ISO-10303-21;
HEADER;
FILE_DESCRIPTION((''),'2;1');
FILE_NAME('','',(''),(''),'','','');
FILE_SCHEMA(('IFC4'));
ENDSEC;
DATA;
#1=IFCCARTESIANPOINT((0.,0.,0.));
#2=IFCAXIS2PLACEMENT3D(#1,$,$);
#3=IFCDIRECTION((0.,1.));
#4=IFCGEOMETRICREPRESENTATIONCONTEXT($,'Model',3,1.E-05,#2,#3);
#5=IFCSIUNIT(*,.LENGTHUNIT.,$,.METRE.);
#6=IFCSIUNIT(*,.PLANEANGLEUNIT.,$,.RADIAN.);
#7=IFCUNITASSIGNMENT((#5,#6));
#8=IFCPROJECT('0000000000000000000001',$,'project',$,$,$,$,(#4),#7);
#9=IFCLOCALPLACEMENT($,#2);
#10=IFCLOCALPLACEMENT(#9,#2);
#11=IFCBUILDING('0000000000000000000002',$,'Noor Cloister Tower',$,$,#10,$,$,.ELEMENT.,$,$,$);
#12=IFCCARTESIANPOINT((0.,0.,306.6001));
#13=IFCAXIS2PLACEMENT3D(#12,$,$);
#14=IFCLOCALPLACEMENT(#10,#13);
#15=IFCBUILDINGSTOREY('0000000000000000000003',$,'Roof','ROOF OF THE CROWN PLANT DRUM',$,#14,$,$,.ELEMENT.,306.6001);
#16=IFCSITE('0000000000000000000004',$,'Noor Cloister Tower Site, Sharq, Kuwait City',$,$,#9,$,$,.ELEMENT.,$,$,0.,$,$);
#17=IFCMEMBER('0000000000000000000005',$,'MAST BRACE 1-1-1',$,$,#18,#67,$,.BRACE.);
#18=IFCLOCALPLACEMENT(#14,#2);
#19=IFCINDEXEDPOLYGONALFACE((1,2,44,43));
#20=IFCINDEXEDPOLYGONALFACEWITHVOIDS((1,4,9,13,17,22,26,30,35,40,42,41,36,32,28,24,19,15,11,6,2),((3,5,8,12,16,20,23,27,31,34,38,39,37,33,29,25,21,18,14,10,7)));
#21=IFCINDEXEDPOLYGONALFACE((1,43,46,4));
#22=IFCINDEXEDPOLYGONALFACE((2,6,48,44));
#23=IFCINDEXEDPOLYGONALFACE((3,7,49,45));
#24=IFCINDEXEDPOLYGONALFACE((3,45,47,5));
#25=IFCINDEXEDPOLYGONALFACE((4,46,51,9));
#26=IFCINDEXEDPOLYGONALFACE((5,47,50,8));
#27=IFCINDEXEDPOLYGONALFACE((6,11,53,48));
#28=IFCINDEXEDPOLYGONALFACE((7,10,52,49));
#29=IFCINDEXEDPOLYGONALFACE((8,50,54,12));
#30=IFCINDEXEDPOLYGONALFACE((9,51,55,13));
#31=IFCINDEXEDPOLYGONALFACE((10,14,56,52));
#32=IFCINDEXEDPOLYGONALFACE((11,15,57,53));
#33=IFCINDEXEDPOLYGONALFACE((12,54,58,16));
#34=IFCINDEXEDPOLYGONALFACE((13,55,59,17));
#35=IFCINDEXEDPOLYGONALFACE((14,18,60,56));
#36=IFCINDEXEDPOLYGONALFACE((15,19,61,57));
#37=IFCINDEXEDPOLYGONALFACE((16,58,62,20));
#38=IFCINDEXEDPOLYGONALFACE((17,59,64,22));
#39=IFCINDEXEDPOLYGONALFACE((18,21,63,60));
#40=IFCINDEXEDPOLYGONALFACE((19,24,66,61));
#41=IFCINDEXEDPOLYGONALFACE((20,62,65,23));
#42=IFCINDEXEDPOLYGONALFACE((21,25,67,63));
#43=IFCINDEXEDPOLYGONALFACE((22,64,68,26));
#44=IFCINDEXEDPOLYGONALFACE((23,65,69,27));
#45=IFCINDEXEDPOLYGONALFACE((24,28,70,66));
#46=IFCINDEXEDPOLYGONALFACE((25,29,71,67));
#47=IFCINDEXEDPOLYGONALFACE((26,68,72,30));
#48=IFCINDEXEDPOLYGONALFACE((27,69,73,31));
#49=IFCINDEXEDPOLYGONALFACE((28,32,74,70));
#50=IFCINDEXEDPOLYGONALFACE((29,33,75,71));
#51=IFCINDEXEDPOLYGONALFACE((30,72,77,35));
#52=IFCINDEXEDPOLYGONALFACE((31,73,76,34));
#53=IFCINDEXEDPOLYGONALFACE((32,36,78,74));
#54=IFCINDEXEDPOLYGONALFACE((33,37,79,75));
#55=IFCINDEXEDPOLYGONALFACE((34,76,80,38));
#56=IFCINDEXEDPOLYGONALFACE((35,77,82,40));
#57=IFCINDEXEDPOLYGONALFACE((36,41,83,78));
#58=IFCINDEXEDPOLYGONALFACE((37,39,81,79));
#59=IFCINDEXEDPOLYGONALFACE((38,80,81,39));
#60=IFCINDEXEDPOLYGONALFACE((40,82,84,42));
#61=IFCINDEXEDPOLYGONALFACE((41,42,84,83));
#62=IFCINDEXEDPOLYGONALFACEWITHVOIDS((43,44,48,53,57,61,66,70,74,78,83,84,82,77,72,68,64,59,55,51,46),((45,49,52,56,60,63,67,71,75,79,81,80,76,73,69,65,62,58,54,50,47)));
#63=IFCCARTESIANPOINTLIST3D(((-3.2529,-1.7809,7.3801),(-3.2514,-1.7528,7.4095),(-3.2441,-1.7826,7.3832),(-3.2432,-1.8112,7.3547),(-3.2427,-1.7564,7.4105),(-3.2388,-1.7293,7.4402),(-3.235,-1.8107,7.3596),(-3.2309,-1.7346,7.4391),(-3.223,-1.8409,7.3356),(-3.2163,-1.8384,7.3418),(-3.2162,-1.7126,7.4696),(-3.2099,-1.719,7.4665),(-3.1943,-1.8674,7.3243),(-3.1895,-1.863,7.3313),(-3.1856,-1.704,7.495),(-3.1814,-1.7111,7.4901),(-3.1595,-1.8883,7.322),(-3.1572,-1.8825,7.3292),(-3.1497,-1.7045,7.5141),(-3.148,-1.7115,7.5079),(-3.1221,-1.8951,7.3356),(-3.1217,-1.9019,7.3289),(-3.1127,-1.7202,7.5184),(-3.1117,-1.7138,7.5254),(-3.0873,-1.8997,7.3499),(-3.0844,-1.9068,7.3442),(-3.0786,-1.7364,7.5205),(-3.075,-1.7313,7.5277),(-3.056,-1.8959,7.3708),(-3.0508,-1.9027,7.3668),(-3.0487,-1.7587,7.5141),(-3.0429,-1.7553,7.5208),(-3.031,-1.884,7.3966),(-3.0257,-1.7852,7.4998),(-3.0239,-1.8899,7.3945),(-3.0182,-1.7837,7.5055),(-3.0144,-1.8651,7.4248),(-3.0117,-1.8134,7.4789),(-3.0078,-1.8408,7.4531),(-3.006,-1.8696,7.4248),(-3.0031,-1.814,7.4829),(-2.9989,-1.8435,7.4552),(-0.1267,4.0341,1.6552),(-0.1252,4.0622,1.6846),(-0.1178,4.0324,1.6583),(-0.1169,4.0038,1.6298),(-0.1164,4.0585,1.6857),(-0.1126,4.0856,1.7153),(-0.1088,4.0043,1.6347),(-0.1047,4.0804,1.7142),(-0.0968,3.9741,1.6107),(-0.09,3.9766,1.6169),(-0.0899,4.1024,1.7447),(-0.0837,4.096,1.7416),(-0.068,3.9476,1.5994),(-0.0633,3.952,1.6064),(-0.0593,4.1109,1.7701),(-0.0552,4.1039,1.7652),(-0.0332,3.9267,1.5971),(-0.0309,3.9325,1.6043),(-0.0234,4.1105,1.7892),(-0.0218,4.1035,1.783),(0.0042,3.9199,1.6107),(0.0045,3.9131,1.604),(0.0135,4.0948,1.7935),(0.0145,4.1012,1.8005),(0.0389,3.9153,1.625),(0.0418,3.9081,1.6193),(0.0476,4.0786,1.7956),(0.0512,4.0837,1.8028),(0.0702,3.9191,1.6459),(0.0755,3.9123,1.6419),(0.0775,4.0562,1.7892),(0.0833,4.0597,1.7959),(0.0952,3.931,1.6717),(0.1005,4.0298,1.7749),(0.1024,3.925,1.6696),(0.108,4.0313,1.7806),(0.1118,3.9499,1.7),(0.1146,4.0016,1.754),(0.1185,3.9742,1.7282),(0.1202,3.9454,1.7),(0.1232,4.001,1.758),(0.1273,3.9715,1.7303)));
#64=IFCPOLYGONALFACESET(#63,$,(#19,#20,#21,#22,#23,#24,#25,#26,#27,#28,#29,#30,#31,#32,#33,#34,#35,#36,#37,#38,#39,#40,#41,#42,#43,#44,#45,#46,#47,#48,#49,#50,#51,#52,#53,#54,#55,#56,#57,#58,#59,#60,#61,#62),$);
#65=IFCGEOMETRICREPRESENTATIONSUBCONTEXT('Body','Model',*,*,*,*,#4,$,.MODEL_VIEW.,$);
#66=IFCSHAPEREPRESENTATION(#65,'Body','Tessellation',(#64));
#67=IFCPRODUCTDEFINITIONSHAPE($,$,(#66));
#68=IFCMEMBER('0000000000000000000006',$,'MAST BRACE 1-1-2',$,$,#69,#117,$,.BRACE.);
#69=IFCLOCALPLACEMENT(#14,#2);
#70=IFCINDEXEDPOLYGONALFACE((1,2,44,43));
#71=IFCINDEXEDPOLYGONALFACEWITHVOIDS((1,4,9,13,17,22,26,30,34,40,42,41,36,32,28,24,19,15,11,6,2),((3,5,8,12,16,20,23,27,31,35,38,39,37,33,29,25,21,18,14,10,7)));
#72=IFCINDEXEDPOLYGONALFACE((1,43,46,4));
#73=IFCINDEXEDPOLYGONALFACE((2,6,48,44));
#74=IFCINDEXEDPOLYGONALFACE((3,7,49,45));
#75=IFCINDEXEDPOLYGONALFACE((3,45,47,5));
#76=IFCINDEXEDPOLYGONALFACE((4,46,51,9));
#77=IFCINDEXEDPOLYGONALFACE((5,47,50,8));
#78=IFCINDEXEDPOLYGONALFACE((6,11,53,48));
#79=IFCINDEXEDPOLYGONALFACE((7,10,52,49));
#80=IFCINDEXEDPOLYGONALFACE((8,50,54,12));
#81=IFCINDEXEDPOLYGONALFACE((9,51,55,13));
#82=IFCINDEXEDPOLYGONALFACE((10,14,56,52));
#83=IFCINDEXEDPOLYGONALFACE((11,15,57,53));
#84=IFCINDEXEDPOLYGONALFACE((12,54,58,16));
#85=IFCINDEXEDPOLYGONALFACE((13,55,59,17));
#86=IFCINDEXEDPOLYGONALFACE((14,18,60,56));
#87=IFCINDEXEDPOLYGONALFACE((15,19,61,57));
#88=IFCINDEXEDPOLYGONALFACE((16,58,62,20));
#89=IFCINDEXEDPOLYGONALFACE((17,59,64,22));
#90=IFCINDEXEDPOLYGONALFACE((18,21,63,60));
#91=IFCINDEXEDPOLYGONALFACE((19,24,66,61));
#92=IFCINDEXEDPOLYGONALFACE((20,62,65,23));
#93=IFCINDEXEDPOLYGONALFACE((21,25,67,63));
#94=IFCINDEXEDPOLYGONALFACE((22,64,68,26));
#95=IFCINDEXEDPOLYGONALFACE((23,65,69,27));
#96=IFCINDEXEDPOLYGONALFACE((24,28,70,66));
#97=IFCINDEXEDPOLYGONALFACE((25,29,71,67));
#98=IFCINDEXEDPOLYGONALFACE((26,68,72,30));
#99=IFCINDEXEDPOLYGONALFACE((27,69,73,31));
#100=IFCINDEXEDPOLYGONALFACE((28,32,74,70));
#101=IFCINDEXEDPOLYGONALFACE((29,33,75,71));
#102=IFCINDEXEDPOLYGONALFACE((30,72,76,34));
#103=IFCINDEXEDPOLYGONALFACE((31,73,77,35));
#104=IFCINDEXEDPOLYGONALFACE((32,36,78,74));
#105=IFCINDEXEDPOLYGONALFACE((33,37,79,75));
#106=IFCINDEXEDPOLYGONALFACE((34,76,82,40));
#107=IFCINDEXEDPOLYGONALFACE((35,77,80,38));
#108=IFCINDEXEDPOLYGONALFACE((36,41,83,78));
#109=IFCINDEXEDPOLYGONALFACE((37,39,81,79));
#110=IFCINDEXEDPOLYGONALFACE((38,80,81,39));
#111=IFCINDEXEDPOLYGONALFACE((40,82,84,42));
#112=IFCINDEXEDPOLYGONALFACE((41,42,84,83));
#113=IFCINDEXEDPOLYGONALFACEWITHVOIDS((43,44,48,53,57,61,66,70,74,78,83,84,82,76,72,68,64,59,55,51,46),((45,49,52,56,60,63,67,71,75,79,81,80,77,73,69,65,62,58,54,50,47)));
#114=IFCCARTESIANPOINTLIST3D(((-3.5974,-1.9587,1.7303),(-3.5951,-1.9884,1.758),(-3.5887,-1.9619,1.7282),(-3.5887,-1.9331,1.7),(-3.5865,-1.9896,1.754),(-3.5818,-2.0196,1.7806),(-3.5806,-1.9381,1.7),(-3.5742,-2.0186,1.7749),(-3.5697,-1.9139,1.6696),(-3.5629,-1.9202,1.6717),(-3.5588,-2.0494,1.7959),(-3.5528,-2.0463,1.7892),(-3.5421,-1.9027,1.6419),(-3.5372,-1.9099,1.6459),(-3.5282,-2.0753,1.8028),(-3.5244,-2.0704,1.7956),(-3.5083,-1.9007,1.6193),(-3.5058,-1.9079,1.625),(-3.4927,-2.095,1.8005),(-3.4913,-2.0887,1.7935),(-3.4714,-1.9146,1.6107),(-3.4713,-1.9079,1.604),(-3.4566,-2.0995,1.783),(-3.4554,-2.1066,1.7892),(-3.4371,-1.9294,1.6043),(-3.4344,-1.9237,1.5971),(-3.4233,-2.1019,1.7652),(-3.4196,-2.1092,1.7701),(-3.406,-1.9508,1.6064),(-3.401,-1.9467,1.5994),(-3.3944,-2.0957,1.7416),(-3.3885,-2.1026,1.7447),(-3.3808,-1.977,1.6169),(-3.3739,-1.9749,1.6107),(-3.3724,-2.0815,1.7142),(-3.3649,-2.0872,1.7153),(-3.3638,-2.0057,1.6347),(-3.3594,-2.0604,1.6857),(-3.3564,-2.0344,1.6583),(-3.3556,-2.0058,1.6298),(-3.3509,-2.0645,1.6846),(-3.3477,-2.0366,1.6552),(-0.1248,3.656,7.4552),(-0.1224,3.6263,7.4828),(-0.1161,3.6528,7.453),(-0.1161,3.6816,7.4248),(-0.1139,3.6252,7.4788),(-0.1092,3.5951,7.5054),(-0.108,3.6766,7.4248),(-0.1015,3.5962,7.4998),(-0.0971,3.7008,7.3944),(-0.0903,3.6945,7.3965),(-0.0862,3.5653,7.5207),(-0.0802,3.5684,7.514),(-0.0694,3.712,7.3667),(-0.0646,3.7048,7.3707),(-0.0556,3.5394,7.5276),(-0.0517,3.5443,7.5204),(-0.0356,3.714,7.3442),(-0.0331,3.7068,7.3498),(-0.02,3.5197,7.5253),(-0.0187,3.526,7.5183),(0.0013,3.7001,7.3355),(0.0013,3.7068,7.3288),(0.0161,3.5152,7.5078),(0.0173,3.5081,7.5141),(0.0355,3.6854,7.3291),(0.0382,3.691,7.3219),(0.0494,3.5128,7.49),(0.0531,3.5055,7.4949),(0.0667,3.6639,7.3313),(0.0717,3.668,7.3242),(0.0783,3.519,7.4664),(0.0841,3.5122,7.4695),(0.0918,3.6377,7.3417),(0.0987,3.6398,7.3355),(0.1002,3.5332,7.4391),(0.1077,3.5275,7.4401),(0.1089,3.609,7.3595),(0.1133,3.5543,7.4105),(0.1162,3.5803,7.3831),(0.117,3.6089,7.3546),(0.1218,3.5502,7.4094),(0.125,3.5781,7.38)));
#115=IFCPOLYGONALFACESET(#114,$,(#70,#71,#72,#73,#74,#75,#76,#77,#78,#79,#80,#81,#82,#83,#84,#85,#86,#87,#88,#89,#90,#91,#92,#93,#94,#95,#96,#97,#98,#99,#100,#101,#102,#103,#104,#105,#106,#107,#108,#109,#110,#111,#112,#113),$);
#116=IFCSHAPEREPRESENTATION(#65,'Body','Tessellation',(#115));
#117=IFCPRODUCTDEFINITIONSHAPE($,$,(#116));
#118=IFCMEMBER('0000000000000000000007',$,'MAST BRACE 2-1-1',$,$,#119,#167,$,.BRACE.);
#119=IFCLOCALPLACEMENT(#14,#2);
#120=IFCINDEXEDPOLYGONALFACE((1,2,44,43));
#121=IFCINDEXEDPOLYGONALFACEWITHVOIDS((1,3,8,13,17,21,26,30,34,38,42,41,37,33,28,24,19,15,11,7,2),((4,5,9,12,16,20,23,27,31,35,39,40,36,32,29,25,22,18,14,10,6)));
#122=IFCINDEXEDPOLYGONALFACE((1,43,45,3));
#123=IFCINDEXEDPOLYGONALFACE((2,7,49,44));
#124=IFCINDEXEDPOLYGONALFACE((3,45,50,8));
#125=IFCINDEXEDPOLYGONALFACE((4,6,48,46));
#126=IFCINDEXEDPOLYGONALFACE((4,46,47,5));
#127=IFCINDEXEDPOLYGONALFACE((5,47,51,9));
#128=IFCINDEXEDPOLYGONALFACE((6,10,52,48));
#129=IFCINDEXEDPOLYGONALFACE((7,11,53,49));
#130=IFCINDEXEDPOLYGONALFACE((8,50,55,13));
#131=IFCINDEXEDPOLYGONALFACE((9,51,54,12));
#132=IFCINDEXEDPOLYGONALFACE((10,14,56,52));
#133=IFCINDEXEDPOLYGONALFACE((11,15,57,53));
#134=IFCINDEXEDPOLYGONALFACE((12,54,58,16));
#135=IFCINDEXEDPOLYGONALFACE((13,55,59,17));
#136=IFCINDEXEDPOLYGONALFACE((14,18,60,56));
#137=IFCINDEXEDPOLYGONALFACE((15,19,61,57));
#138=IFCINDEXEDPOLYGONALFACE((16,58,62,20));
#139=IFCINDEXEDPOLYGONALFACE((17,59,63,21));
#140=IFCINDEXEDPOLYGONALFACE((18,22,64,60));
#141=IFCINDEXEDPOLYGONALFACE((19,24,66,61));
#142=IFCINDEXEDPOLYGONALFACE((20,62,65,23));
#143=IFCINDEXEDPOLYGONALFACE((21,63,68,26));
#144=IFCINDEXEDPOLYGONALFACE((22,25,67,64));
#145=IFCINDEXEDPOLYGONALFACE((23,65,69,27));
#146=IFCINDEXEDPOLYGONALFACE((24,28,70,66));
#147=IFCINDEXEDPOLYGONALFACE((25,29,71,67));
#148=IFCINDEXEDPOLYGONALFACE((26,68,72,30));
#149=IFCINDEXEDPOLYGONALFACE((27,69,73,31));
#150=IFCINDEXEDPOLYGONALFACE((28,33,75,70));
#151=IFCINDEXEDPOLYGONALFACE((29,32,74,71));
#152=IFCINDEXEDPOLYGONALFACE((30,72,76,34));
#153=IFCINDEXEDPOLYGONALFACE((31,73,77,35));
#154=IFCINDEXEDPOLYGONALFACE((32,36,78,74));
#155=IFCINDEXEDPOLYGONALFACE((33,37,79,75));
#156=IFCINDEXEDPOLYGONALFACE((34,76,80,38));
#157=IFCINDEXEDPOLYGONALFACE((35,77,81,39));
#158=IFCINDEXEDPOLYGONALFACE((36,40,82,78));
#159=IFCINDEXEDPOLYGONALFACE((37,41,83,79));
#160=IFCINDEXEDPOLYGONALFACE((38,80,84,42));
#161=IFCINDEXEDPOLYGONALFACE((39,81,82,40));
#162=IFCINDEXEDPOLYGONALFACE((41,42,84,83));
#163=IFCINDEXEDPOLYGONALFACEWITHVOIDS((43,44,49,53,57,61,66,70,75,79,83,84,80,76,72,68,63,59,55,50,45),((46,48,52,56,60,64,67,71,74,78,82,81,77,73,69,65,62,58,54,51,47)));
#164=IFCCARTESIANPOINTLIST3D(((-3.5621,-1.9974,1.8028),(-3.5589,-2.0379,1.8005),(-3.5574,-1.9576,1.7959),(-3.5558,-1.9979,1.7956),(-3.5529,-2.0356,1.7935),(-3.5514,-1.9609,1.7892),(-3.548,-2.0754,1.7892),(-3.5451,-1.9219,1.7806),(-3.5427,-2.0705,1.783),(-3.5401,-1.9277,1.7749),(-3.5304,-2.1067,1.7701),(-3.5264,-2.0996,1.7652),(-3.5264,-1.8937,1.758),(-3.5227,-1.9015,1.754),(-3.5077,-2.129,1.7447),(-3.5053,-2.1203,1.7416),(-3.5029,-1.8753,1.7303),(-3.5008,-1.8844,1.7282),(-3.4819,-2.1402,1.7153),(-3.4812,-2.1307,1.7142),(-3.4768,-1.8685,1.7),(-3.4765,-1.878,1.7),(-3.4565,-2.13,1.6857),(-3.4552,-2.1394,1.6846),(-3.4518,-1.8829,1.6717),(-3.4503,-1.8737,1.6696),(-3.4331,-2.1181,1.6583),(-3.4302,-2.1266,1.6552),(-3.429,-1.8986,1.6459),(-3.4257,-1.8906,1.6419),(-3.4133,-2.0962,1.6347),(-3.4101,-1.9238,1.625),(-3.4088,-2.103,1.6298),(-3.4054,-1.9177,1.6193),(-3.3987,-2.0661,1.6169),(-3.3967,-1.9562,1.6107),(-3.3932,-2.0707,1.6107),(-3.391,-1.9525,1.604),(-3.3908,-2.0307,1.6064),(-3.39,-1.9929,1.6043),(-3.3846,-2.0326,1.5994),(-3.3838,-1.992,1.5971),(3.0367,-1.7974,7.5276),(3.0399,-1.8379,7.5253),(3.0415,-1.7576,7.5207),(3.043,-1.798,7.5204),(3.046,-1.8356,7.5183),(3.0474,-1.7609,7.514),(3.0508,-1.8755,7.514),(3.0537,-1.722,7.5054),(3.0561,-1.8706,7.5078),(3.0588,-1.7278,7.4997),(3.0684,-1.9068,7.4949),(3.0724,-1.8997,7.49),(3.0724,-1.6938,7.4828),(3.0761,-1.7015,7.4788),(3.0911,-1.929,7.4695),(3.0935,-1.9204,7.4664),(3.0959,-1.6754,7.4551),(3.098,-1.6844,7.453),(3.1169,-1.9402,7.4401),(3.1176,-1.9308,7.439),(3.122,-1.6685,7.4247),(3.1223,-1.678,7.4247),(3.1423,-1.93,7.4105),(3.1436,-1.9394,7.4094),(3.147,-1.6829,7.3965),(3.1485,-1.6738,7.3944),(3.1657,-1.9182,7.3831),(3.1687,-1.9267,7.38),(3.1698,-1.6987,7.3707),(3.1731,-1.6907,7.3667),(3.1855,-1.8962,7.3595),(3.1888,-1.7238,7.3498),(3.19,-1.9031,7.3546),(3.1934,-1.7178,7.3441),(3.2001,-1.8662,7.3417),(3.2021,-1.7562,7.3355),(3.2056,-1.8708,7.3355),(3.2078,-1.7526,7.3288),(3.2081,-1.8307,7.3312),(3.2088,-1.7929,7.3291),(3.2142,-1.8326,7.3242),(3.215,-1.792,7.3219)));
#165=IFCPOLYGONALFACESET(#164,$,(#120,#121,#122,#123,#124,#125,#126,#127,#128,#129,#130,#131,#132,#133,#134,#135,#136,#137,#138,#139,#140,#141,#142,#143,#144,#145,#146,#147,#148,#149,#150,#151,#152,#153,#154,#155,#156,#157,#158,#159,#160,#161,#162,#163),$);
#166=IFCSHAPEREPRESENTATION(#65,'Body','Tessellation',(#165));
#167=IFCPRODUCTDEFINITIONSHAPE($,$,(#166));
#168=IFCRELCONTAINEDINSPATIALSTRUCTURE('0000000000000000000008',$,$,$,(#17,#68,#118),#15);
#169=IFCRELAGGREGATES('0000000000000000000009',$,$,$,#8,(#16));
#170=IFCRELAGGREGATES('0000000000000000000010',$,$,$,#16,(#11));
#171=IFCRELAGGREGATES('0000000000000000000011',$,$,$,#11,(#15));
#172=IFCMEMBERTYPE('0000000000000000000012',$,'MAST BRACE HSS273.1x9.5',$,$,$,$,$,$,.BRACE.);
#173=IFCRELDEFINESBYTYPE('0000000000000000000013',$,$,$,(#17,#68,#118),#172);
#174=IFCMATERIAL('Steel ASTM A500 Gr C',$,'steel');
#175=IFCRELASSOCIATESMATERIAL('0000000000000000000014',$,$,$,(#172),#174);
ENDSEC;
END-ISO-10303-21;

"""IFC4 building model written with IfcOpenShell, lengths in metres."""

from ifc_helpers import new_model, si_unit, direction, frame, origin, origin_2d, place, context, subcontext, project, spatial, hollow_circle, extrude, material, material_profile, profile_set, type_object, element, save


model = new_model("IFC4")

# Units and contexts
model_context = context("Model", 3, precision=1e-05, world=origin(), true_north=direction((0.0, 1.0)))
body_context = subcontext(model_context, "Body", "Model", "MODEL_VIEW")
ifc_project = project(units=[si_unit("LENGTHUNIT", "METRE"), si_unit("PLANEANGLEUNIT", "RADIAN")], contexts=[model_context])

# Site, building, storey
site_placement = place(None, origin())
site = spatial("IfcSite", under=ifc_project, at=site_placement, Name="Noor Cloister Tower Site, Sharq, Kuwait City", CompositionType="ELEMENT", RefElevation=0.0)
building_placement = place(site_placement, origin())
building = spatial("IfcBuilding", under=site, at=building_placement, Name="Noor Cloister Tower", CompositionType="ELEMENT")
storey_placement = place(building_placement, frame((0.0, 0.0, 306.6001)))
storey = spatial("IfcBuildingStorey", under=building, at=storey_placement, Name="Roof", Description="ROOF OF THE CROWN PLANT DRUM", CompositionType="ELEMENT", Elevation=306.6001)

# Members
ifc_material_1 = material(Name="Steel ASTM A500 Gr C", Category="steel")
ifc_material_profile_1 = material_profile(ifc_material_1, hollow_circle(Radius=0.1365, WallThickness=0.0095, at=origin_2d()), Name="HSS273.1x9.5")
ifc_profile_set_1 = profile_set([ifc_material_profile_1], Name="Steel ASTM A500 Gr C")
member_type_1 = type_object("IfcMemberType", Name="MAST BRACE HSS273.1x9.5", PredefinedType="BRACE", material=ifc_profile_set_1)
member_1_placement = place(storey_placement, frame((0.0, 4.01, 1.7), z_axis=(-0.357754, -0.665442, 0.655133), x_axis=(0.880781, -0.473524, 0.0)))
element("IfcMember", 1, at=member_1_placement, inside=storey, type_object=member_type_1, Name="MAST BRACE 1-1-1", PredefinedType="BRACE", context=body_context, shape_type="SweptSolid", body=[
    extrude(hollow_circle(Radius=0.1365, WallThickness=0.0095, at=origin_2d()), origin(), (0.0, 0.0, 1.0), 8.7385),
])
for number, where, z_axis, x_axis, name in (
    (2, (-3.4727, -2.0049, 1.7), (0.397404, 0.642541, 0.655142), (-0.850478, 0.526011, 0.0), "MAST BRACE 1-1-2"),
    (3, (-3.4727, -2.0049, 1.7), (0.755161, 0.022882, 0.65514), (-0.030287, 0.999541, 0.0), "MAST BRACE 2-1-1"),
):
    element("IfcMember", number, at=place(storey_placement, frame(where, z_axis=z_axis, x_axis=x_axis)), inside=storey, type_object=member_type_1, Name=name, PredefinedType="BRACE", context=body_context, shape_type="SweptSolid", body=[
        extrude(hollow_circle(Radius=0.1365, WallThickness=0.0095, at=origin_2d()), origin(), (0.0, 0.0, 1.0), 8.7383),
    ])

save(model, "model.ifc")
